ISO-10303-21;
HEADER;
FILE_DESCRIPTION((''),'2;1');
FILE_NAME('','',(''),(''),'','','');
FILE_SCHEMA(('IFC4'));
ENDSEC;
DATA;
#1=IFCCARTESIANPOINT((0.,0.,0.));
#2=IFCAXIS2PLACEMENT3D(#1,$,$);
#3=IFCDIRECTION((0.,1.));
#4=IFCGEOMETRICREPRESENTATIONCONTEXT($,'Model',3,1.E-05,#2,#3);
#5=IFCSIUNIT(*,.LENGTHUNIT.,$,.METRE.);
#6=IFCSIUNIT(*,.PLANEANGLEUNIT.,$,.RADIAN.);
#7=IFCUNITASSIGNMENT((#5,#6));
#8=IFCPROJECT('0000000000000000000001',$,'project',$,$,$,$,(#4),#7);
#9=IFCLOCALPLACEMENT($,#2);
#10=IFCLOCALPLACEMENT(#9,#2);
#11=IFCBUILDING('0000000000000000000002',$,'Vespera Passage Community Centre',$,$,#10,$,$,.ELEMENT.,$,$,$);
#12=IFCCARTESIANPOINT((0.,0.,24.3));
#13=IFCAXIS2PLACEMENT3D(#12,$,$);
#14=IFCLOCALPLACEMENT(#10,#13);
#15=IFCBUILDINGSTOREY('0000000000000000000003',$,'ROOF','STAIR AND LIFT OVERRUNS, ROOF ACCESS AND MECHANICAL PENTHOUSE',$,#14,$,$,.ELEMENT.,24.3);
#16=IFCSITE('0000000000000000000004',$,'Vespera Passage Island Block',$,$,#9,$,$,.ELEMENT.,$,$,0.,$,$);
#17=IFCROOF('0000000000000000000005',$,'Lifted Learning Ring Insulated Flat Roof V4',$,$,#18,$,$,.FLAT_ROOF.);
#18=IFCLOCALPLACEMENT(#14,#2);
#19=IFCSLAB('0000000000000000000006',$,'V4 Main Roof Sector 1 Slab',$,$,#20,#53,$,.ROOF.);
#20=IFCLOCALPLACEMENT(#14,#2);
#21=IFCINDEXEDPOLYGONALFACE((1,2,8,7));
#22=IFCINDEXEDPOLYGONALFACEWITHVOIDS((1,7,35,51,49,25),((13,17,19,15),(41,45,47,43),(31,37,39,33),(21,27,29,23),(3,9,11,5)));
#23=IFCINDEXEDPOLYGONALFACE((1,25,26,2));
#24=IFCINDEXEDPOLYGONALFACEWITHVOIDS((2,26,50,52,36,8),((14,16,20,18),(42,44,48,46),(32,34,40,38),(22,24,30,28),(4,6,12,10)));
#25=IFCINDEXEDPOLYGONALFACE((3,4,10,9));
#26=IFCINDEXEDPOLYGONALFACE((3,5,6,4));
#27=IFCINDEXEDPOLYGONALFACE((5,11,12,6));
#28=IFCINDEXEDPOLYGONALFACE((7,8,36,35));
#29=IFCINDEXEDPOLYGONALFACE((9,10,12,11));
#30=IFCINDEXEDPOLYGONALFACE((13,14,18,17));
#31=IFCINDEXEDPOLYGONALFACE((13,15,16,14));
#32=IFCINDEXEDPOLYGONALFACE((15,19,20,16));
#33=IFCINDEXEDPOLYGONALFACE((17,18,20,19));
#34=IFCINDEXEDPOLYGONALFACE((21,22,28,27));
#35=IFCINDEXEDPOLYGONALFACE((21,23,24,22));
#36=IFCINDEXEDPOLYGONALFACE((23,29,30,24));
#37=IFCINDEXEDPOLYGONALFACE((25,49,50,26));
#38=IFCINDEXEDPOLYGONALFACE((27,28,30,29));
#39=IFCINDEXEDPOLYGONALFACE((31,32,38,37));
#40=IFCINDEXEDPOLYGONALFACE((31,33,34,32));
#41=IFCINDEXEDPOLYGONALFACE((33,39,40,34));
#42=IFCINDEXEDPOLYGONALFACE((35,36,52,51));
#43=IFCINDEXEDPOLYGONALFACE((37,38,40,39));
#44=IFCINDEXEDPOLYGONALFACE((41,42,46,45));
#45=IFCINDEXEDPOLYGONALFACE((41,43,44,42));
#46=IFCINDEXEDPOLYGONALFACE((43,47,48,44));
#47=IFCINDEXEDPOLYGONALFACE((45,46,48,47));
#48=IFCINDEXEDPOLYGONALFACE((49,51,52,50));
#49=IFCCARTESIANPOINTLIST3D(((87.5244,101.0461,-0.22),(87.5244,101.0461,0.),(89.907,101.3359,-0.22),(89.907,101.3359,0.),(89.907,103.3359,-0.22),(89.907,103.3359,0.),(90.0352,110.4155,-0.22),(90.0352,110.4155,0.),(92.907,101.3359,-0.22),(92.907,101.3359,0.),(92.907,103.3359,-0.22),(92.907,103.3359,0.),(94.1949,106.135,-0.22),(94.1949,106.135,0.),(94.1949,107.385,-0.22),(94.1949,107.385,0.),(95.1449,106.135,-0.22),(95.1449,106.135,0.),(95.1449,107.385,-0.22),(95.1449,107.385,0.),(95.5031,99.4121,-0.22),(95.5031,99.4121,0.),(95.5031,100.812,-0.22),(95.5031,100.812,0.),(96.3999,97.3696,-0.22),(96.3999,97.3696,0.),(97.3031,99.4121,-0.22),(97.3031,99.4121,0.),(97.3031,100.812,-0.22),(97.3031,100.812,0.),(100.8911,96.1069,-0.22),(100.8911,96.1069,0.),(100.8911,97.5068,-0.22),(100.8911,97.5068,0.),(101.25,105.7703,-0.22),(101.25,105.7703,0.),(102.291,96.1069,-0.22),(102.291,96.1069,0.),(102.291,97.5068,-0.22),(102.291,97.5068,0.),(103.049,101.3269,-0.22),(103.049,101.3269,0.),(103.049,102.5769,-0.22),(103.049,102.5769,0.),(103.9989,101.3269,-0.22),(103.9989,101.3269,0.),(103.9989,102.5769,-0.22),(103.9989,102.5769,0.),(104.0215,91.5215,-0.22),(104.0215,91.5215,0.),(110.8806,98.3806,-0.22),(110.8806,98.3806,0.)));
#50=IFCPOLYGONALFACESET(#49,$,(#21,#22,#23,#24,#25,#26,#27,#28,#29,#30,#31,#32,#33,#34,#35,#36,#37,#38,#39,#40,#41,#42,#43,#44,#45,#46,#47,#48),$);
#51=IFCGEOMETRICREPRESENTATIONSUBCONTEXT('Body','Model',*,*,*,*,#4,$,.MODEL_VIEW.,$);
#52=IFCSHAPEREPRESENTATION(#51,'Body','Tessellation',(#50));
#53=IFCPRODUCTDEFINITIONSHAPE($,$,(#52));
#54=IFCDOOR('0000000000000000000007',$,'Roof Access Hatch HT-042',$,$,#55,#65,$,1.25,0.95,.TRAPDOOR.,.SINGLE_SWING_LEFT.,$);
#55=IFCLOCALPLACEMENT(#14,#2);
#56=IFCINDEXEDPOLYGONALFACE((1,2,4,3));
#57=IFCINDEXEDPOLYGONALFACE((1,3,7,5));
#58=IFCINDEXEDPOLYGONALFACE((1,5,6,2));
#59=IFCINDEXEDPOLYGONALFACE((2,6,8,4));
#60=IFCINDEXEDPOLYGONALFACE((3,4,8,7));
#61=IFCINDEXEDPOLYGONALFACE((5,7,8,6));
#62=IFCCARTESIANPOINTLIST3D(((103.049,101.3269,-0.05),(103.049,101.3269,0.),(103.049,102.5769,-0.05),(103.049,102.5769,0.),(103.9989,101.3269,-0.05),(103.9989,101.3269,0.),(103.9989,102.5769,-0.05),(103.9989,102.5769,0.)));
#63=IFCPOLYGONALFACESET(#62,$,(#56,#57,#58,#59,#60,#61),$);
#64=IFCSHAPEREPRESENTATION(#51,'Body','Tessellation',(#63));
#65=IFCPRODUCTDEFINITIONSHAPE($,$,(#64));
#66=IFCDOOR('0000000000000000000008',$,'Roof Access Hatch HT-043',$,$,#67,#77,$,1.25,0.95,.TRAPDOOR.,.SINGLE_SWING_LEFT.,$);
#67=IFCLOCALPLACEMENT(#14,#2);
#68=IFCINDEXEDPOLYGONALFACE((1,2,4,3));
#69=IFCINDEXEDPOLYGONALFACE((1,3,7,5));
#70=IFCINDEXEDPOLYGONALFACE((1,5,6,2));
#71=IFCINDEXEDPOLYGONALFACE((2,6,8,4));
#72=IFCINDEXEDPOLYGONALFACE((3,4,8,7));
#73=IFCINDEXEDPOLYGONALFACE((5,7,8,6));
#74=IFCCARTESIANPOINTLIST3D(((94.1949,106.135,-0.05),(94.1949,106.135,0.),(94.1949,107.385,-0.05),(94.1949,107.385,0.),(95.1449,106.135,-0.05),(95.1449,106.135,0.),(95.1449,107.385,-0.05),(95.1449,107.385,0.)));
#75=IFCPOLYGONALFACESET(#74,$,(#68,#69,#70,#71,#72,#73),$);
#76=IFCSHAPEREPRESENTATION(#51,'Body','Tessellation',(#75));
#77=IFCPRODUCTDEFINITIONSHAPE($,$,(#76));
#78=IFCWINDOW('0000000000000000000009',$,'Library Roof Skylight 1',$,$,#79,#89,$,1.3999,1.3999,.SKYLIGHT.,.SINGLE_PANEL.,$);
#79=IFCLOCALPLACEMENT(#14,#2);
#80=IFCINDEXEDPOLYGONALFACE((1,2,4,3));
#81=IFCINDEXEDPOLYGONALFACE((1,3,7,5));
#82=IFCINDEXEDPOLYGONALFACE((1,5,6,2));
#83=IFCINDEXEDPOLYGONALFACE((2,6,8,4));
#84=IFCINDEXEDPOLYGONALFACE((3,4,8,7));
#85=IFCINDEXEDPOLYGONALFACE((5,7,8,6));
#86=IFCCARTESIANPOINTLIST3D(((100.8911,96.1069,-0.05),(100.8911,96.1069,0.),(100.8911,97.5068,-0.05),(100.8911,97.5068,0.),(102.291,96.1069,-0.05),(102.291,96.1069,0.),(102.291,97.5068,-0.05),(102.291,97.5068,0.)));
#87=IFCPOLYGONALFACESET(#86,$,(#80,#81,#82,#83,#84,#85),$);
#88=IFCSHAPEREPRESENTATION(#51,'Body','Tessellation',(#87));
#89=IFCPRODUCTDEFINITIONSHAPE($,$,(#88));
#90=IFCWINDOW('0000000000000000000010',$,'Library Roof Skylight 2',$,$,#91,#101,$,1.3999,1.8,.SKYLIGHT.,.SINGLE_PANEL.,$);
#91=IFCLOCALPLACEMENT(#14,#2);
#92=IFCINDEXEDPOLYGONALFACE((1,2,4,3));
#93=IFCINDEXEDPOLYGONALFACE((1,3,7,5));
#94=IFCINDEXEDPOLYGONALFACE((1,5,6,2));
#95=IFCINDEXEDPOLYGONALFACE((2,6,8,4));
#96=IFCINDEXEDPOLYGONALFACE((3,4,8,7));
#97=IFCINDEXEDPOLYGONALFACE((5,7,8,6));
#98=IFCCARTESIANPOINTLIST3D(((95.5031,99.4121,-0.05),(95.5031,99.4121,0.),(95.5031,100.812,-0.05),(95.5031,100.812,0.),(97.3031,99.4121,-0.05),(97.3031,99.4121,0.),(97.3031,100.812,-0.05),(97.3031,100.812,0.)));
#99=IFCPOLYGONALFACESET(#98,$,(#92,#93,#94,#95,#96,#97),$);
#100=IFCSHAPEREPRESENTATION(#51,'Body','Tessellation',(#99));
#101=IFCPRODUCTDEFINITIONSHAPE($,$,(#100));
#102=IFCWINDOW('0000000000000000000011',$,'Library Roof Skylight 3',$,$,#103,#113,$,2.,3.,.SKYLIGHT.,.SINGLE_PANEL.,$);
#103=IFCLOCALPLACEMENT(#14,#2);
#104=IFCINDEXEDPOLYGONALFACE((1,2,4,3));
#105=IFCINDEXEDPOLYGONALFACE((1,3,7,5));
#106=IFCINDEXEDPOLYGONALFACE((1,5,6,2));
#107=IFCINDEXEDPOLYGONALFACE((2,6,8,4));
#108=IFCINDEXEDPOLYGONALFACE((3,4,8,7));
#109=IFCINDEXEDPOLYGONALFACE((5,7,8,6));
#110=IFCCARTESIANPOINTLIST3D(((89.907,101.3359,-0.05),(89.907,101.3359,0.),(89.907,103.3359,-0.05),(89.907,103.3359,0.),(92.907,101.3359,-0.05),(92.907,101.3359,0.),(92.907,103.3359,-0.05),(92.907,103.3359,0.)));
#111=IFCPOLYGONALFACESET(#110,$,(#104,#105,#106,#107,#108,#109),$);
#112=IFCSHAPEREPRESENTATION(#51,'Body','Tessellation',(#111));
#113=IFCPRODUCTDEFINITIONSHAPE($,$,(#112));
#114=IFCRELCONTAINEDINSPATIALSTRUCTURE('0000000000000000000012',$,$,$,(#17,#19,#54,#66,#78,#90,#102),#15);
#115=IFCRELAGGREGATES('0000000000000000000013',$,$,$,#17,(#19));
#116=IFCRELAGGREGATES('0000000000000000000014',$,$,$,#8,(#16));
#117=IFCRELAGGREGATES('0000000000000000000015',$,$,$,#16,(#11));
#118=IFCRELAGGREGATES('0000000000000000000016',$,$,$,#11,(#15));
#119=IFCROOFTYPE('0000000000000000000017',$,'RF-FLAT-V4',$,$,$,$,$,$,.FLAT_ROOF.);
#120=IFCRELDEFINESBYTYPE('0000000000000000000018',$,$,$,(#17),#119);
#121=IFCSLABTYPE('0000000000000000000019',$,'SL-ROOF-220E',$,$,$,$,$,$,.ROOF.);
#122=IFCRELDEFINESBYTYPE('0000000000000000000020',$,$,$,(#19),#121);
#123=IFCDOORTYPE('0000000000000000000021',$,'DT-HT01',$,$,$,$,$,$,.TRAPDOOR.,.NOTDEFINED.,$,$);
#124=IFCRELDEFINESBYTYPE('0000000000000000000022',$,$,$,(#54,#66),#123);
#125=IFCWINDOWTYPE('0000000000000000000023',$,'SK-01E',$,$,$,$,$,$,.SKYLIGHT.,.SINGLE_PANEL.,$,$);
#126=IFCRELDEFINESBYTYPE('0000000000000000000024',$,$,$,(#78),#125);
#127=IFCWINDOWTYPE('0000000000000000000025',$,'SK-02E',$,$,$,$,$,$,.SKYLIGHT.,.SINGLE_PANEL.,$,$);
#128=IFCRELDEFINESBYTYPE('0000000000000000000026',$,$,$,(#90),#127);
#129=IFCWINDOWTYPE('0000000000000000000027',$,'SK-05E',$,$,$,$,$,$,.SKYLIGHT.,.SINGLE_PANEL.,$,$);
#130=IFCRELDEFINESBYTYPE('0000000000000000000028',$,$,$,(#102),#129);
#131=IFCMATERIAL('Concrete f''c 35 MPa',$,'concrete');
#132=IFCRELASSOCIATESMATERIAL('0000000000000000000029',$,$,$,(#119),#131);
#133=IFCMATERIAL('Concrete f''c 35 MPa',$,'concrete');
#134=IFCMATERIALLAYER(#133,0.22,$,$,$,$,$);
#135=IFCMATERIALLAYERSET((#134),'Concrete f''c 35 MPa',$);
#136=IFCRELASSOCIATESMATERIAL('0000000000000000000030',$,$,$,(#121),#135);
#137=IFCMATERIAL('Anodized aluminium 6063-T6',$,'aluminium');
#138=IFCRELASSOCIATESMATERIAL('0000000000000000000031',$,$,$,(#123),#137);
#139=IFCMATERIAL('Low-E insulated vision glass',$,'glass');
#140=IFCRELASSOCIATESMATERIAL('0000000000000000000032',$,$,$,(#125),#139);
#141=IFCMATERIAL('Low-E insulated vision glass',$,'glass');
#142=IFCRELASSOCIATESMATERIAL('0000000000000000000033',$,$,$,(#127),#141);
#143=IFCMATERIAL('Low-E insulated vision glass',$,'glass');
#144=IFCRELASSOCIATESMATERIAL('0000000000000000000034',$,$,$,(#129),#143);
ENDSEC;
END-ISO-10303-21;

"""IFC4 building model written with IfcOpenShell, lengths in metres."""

from ifc_helpers import new_model, si_unit, direction, frame, origin, origin_2d, place, context, subcontext, project, spatial, polyline, rectangle, outline, extrude, material, layer, layer_set, type_object, element, fill, aggregate, save


model = new_model("IFC4")

# Units and contexts
model_context = context("Model", 3, precision=1e-05, world=origin(), true_north=direction((0.0, 1.0)))
body_context = subcontext(model_context, "Body", "Model", "MODEL_VIEW")
ifc_project = project(units=[si_unit("LENGTHUNIT", "METRE"), si_unit("PLANEANGLEUNIT", "RADIAN")], contexts=[model_context])

# Site, building, storey
site_placement = place(None, origin())
site = spatial("IfcSite", under=ifc_project, at=site_placement, Name="Vespera Passage Island Block", CompositionType="ELEMENT", RefElevation=0.0)
building_placement = place(site_placement, origin())
building = spatial("IfcBuilding", under=site, at=building_placement, Name="Vespera Passage Community Centre", CompositionType="ELEMENT")
storey_placement = place(building_placement, frame((0.0, 0.0, 24.3)))
storey = spatial("IfcBuildingStorey", under=building, at=storey_placement, Name="ROOF", Description="STAIR AND LIFT OVERRUNS, ROOF ACCESS AND MECHANICAL PENTHOUSE", CompositionType="ELEMENT", Elevation=24.3)

# Roof, slab, openings, doors, windows
ifc_material_1 = material(Name="Concrete f'c 35 MPa", Category="concrete")
roof_type = type_object("IfcRoofType", Name="RF-FLAT-V4", PredefinedType="FLAT_ROOF", material=ifc_material_1)
roof_placement = place(storey_placement, origin())
roof = element("IfcRoof", 1, at=roof_placement, inside=storey, type_object=roof_type, Name="Lifted Learning Ring Insulated Flat Roof V4", PredefinedType="FLAT_ROOF")
ifc_material_2 = material(Name="Concrete f'c 35 MPa", Category="concrete")
ifc_layer_1 = layer(ifc_material_2, 0.22)
ifc_layer_set_1 = layer_set([ifc_layer_1], Name="Concrete f'c 35 MPa")
slab_type_1 = type_object("IfcSlabType", Name="SL-ROOF-220E", PredefinedType="ROOF", material=ifc_layer_set_1)
slab_1_placement = place(storey_placement, frame((0.0, 0.0, -0.22)))
slab_1 = element("IfcSlab", 2, at=slab_1_placement, inside=storey, type_object=slab_type_1, Name="V4 Main Roof Sector 1 Slab", PredefinedType="ROOF", context=body_context, shape_type="SweptSolid", body=[
    extrude(outline(polyline([(110.8806, 98.3806), (101.25, 105.7703), (90.0352, 110.4155), (87.5244, 101.0461), (96.3999, 97.3696), (104.0215, 91.5215), (110.8806, 98.3806)])), origin(), (0.0, 0.0, 1.0), 0.22),
])
opening_1_placement = place(slab_1_placement, frame((101.5911, 96.8069, 0.0)))
opening_1 = element("IfcOpeningElement", 3, at=opening_1_placement, cuts=slab_1, PredefinedType="OPENING", context=body_context, shape_type="SweptSolid", body=[
    extrude(rectangle(XDim=1.3999, YDim=1.3999, at=origin_2d()), frame((0.0, 0.0, -0.01)), (0.0, 0.0, 1.0), 0.24),
])
opening_2_placement = place(slab_1_placement, frame((96.4031, 100.1121, 0.0)))
opening_2 = element("IfcOpeningElement", 4, at=opening_2_placement, cuts=slab_1, PredefinedType="OPENING", context=body_context, shape_type="SweptSolid", body=[
    extrude(rectangle(XDim=1.8, YDim=1.3999, at=origin_2d()), frame((0.0, 0.0, -0.01)), (0.0, 0.0, 1.0), 0.24),
])
opening_3_placement = place(slab_1_placement, frame((91.407, 102.3359, 0.0)))
opening_3 = element("IfcOpeningElement", 5, at=opening_3_placement, cuts=slab_1, PredefinedType="OPENING", context=body_context, shape_type="SweptSolid", body=[
    extrude(rectangle(XDim=3.0, YDim=2.0, at=origin_2d()), frame((0.0, 0.0, -0.01)), (0.0, 0.0, 1.0), 0.24),
])
opening_4_placement = place(slab_1_placement, frame((103.5239, 101.9519, 0.0)))
opening_4 = element("IfcOpeningElement", 6, at=opening_4_placement, cuts=slab_1, PredefinedType="OPENING", context=body_context, shape_type="SweptSolid", body=[
    extrude(rectangle(XDim=0.95, YDim=1.25, at=origin_2d()), frame((0.0, 0.0, -0.01)), (0.0, 0.0, 1.0), 0.24),
])
opening_5_placement = place(slab_1_placement, frame((94.6699, 106.76, 0.0)))
opening_5 = element("IfcOpeningElement", 7, at=opening_5_placement, cuts=slab_1, PredefinedType="OPENING", context=body_context, shape_type="SweptSolid", body=[
    extrude(rectangle(XDim=0.95, YDim=1.25, at=origin_2d()), frame((0.0, 0.0, -0.01)), (0.0, 0.0, 1.0), 0.24),
])
ifc_material_3 = material(Name="Anodized aluminium 6063-T6", Category="aluminium")
door_type_1 = type_object("IfcDoorType", Name="DT-HT01", OperationType="NOTDEFINED", PredefinedType="TRAPDOOR", material=ifc_material_3)
door_1_placement = place(opening_4_placement, frame((0.0, 0.0, 0.1699)))
door_1 = element("IfcDoor", 8, at=door_1_placement, inside=storey, type_object=door_type_1, Name="Roof Access Hatch HT-042", OperationType="SINGLE_SWING_LEFT", OverallHeight=1.25, OverallWidth=0.95, PredefinedType="TRAPDOOR", context=body_context, shape_type="SweptSolid", body=[
    extrude(rectangle(XDim=0.95, YDim=1.25, at=origin_2d()), origin(), (0.0, 0.0, 1.0), 0.05),
])
fill(opening_4, door_1)
door_2_placement = place(opening_5_placement, frame((0.0, 0.0, 0.1699)))
door_2 = element("IfcDoor", 9, at=door_2_placement, inside=storey, type_object=door_type_1, Name="Roof Access Hatch HT-043", OperationType="SINGLE_SWING_LEFT", OverallHeight=1.25, OverallWidth=0.95, PredefinedType="TRAPDOOR", context=body_context, shape_type="SweptSolid", body=[
    extrude(rectangle(XDim=0.95, YDim=1.25, at=origin_2d()), origin(), (0.0, 0.0, 1.0), 0.05),
])
fill(opening_5, door_2)
ifc_material_4 = material(Name="Low-E insulated vision glass", Category="glass")
window_type_1 = type_object("IfcWindowType", Name="SK-01E", PartitioningType="SINGLE_PANEL", PredefinedType="SKYLIGHT", material=ifc_material_4)
window_1_placement = place(opening_1_placement, frame((0.0, 0.0, 0.1699)))
window_1 = element("IfcWindow", 10, at=window_1_placement, inside=storey, type_object=window_type_1, Name="Library Roof Skylight 1", OverallHeight=1.3999, OverallWidth=1.3999, PartitioningType="SINGLE_PANEL", PredefinedType="SKYLIGHT", context=body_context, shape_type="SweptSolid", body=[
    extrude(rectangle(XDim=1.3999, YDim=1.3999, at=origin_2d()), origin(), (0.0, 0.0, 1.0), 0.05),
])
fill(opening_1, window_1)
ifc_material_5 = material(Name="Low-E insulated vision glass", Category="glass")
window_type_2 = type_object("IfcWindowType", Name="SK-02E", PartitioningType="SINGLE_PANEL", PredefinedType="SKYLIGHT", material=ifc_material_5)
window_2_placement = place(opening_2_placement, frame((0.0, 0.0, 0.1699)))
window_2 = element("IfcWindow", 11, at=window_2_placement, inside=storey, type_object=window_type_2, Name="Library Roof Skylight 2", OverallHeight=1.3999, OverallWidth=1.8, PartitioningType="SINGLE_PANEL", PredefinedType="SKYLIGHT", context=body_context, shape_type="SweptSolid", body=[
    extrude(rectangle(XDim=1.8, YDim=1.3999, at=origin_2d()), origin(), (0.0, 0.0, 1.0), 0.05),
])
fill(opening_2, window_2)
ifc_material_6 = material(Name="Low-E insulated vision glass", Category="glass")
window_type_3 = type_object("IfcWindowType", Name="SK-05E", PartitioningType="SINGLE_PANEL", PredefinedType="SKYLIGHT", material=ifc_material_6)
window_3_placement = place(opening_3_placement, frame((0.0, 0.0, 0.1699)))
window_3 = element("IfcWindow", 12, at=window_3_placement, inside=storey, type_object=window_type_3, Name="Library Roof Skylight 3", OverallHeight=2.0, OverallWidth=3.0, PartitioningType="SINGLE_PANEL", PredefinedType="SKYLIGHT", context=body_context, shape_type="SweptSolid", body=[
    extrude(rectangle(XDim=3.0, YDim=2.0, at=origin_2d()), origin(), (0.0, 0.0, 1.0), 0.05),
])
fill(opening_3, window_3)
aggregate(roof, [slab_1])

save(model, "model.ifc")
